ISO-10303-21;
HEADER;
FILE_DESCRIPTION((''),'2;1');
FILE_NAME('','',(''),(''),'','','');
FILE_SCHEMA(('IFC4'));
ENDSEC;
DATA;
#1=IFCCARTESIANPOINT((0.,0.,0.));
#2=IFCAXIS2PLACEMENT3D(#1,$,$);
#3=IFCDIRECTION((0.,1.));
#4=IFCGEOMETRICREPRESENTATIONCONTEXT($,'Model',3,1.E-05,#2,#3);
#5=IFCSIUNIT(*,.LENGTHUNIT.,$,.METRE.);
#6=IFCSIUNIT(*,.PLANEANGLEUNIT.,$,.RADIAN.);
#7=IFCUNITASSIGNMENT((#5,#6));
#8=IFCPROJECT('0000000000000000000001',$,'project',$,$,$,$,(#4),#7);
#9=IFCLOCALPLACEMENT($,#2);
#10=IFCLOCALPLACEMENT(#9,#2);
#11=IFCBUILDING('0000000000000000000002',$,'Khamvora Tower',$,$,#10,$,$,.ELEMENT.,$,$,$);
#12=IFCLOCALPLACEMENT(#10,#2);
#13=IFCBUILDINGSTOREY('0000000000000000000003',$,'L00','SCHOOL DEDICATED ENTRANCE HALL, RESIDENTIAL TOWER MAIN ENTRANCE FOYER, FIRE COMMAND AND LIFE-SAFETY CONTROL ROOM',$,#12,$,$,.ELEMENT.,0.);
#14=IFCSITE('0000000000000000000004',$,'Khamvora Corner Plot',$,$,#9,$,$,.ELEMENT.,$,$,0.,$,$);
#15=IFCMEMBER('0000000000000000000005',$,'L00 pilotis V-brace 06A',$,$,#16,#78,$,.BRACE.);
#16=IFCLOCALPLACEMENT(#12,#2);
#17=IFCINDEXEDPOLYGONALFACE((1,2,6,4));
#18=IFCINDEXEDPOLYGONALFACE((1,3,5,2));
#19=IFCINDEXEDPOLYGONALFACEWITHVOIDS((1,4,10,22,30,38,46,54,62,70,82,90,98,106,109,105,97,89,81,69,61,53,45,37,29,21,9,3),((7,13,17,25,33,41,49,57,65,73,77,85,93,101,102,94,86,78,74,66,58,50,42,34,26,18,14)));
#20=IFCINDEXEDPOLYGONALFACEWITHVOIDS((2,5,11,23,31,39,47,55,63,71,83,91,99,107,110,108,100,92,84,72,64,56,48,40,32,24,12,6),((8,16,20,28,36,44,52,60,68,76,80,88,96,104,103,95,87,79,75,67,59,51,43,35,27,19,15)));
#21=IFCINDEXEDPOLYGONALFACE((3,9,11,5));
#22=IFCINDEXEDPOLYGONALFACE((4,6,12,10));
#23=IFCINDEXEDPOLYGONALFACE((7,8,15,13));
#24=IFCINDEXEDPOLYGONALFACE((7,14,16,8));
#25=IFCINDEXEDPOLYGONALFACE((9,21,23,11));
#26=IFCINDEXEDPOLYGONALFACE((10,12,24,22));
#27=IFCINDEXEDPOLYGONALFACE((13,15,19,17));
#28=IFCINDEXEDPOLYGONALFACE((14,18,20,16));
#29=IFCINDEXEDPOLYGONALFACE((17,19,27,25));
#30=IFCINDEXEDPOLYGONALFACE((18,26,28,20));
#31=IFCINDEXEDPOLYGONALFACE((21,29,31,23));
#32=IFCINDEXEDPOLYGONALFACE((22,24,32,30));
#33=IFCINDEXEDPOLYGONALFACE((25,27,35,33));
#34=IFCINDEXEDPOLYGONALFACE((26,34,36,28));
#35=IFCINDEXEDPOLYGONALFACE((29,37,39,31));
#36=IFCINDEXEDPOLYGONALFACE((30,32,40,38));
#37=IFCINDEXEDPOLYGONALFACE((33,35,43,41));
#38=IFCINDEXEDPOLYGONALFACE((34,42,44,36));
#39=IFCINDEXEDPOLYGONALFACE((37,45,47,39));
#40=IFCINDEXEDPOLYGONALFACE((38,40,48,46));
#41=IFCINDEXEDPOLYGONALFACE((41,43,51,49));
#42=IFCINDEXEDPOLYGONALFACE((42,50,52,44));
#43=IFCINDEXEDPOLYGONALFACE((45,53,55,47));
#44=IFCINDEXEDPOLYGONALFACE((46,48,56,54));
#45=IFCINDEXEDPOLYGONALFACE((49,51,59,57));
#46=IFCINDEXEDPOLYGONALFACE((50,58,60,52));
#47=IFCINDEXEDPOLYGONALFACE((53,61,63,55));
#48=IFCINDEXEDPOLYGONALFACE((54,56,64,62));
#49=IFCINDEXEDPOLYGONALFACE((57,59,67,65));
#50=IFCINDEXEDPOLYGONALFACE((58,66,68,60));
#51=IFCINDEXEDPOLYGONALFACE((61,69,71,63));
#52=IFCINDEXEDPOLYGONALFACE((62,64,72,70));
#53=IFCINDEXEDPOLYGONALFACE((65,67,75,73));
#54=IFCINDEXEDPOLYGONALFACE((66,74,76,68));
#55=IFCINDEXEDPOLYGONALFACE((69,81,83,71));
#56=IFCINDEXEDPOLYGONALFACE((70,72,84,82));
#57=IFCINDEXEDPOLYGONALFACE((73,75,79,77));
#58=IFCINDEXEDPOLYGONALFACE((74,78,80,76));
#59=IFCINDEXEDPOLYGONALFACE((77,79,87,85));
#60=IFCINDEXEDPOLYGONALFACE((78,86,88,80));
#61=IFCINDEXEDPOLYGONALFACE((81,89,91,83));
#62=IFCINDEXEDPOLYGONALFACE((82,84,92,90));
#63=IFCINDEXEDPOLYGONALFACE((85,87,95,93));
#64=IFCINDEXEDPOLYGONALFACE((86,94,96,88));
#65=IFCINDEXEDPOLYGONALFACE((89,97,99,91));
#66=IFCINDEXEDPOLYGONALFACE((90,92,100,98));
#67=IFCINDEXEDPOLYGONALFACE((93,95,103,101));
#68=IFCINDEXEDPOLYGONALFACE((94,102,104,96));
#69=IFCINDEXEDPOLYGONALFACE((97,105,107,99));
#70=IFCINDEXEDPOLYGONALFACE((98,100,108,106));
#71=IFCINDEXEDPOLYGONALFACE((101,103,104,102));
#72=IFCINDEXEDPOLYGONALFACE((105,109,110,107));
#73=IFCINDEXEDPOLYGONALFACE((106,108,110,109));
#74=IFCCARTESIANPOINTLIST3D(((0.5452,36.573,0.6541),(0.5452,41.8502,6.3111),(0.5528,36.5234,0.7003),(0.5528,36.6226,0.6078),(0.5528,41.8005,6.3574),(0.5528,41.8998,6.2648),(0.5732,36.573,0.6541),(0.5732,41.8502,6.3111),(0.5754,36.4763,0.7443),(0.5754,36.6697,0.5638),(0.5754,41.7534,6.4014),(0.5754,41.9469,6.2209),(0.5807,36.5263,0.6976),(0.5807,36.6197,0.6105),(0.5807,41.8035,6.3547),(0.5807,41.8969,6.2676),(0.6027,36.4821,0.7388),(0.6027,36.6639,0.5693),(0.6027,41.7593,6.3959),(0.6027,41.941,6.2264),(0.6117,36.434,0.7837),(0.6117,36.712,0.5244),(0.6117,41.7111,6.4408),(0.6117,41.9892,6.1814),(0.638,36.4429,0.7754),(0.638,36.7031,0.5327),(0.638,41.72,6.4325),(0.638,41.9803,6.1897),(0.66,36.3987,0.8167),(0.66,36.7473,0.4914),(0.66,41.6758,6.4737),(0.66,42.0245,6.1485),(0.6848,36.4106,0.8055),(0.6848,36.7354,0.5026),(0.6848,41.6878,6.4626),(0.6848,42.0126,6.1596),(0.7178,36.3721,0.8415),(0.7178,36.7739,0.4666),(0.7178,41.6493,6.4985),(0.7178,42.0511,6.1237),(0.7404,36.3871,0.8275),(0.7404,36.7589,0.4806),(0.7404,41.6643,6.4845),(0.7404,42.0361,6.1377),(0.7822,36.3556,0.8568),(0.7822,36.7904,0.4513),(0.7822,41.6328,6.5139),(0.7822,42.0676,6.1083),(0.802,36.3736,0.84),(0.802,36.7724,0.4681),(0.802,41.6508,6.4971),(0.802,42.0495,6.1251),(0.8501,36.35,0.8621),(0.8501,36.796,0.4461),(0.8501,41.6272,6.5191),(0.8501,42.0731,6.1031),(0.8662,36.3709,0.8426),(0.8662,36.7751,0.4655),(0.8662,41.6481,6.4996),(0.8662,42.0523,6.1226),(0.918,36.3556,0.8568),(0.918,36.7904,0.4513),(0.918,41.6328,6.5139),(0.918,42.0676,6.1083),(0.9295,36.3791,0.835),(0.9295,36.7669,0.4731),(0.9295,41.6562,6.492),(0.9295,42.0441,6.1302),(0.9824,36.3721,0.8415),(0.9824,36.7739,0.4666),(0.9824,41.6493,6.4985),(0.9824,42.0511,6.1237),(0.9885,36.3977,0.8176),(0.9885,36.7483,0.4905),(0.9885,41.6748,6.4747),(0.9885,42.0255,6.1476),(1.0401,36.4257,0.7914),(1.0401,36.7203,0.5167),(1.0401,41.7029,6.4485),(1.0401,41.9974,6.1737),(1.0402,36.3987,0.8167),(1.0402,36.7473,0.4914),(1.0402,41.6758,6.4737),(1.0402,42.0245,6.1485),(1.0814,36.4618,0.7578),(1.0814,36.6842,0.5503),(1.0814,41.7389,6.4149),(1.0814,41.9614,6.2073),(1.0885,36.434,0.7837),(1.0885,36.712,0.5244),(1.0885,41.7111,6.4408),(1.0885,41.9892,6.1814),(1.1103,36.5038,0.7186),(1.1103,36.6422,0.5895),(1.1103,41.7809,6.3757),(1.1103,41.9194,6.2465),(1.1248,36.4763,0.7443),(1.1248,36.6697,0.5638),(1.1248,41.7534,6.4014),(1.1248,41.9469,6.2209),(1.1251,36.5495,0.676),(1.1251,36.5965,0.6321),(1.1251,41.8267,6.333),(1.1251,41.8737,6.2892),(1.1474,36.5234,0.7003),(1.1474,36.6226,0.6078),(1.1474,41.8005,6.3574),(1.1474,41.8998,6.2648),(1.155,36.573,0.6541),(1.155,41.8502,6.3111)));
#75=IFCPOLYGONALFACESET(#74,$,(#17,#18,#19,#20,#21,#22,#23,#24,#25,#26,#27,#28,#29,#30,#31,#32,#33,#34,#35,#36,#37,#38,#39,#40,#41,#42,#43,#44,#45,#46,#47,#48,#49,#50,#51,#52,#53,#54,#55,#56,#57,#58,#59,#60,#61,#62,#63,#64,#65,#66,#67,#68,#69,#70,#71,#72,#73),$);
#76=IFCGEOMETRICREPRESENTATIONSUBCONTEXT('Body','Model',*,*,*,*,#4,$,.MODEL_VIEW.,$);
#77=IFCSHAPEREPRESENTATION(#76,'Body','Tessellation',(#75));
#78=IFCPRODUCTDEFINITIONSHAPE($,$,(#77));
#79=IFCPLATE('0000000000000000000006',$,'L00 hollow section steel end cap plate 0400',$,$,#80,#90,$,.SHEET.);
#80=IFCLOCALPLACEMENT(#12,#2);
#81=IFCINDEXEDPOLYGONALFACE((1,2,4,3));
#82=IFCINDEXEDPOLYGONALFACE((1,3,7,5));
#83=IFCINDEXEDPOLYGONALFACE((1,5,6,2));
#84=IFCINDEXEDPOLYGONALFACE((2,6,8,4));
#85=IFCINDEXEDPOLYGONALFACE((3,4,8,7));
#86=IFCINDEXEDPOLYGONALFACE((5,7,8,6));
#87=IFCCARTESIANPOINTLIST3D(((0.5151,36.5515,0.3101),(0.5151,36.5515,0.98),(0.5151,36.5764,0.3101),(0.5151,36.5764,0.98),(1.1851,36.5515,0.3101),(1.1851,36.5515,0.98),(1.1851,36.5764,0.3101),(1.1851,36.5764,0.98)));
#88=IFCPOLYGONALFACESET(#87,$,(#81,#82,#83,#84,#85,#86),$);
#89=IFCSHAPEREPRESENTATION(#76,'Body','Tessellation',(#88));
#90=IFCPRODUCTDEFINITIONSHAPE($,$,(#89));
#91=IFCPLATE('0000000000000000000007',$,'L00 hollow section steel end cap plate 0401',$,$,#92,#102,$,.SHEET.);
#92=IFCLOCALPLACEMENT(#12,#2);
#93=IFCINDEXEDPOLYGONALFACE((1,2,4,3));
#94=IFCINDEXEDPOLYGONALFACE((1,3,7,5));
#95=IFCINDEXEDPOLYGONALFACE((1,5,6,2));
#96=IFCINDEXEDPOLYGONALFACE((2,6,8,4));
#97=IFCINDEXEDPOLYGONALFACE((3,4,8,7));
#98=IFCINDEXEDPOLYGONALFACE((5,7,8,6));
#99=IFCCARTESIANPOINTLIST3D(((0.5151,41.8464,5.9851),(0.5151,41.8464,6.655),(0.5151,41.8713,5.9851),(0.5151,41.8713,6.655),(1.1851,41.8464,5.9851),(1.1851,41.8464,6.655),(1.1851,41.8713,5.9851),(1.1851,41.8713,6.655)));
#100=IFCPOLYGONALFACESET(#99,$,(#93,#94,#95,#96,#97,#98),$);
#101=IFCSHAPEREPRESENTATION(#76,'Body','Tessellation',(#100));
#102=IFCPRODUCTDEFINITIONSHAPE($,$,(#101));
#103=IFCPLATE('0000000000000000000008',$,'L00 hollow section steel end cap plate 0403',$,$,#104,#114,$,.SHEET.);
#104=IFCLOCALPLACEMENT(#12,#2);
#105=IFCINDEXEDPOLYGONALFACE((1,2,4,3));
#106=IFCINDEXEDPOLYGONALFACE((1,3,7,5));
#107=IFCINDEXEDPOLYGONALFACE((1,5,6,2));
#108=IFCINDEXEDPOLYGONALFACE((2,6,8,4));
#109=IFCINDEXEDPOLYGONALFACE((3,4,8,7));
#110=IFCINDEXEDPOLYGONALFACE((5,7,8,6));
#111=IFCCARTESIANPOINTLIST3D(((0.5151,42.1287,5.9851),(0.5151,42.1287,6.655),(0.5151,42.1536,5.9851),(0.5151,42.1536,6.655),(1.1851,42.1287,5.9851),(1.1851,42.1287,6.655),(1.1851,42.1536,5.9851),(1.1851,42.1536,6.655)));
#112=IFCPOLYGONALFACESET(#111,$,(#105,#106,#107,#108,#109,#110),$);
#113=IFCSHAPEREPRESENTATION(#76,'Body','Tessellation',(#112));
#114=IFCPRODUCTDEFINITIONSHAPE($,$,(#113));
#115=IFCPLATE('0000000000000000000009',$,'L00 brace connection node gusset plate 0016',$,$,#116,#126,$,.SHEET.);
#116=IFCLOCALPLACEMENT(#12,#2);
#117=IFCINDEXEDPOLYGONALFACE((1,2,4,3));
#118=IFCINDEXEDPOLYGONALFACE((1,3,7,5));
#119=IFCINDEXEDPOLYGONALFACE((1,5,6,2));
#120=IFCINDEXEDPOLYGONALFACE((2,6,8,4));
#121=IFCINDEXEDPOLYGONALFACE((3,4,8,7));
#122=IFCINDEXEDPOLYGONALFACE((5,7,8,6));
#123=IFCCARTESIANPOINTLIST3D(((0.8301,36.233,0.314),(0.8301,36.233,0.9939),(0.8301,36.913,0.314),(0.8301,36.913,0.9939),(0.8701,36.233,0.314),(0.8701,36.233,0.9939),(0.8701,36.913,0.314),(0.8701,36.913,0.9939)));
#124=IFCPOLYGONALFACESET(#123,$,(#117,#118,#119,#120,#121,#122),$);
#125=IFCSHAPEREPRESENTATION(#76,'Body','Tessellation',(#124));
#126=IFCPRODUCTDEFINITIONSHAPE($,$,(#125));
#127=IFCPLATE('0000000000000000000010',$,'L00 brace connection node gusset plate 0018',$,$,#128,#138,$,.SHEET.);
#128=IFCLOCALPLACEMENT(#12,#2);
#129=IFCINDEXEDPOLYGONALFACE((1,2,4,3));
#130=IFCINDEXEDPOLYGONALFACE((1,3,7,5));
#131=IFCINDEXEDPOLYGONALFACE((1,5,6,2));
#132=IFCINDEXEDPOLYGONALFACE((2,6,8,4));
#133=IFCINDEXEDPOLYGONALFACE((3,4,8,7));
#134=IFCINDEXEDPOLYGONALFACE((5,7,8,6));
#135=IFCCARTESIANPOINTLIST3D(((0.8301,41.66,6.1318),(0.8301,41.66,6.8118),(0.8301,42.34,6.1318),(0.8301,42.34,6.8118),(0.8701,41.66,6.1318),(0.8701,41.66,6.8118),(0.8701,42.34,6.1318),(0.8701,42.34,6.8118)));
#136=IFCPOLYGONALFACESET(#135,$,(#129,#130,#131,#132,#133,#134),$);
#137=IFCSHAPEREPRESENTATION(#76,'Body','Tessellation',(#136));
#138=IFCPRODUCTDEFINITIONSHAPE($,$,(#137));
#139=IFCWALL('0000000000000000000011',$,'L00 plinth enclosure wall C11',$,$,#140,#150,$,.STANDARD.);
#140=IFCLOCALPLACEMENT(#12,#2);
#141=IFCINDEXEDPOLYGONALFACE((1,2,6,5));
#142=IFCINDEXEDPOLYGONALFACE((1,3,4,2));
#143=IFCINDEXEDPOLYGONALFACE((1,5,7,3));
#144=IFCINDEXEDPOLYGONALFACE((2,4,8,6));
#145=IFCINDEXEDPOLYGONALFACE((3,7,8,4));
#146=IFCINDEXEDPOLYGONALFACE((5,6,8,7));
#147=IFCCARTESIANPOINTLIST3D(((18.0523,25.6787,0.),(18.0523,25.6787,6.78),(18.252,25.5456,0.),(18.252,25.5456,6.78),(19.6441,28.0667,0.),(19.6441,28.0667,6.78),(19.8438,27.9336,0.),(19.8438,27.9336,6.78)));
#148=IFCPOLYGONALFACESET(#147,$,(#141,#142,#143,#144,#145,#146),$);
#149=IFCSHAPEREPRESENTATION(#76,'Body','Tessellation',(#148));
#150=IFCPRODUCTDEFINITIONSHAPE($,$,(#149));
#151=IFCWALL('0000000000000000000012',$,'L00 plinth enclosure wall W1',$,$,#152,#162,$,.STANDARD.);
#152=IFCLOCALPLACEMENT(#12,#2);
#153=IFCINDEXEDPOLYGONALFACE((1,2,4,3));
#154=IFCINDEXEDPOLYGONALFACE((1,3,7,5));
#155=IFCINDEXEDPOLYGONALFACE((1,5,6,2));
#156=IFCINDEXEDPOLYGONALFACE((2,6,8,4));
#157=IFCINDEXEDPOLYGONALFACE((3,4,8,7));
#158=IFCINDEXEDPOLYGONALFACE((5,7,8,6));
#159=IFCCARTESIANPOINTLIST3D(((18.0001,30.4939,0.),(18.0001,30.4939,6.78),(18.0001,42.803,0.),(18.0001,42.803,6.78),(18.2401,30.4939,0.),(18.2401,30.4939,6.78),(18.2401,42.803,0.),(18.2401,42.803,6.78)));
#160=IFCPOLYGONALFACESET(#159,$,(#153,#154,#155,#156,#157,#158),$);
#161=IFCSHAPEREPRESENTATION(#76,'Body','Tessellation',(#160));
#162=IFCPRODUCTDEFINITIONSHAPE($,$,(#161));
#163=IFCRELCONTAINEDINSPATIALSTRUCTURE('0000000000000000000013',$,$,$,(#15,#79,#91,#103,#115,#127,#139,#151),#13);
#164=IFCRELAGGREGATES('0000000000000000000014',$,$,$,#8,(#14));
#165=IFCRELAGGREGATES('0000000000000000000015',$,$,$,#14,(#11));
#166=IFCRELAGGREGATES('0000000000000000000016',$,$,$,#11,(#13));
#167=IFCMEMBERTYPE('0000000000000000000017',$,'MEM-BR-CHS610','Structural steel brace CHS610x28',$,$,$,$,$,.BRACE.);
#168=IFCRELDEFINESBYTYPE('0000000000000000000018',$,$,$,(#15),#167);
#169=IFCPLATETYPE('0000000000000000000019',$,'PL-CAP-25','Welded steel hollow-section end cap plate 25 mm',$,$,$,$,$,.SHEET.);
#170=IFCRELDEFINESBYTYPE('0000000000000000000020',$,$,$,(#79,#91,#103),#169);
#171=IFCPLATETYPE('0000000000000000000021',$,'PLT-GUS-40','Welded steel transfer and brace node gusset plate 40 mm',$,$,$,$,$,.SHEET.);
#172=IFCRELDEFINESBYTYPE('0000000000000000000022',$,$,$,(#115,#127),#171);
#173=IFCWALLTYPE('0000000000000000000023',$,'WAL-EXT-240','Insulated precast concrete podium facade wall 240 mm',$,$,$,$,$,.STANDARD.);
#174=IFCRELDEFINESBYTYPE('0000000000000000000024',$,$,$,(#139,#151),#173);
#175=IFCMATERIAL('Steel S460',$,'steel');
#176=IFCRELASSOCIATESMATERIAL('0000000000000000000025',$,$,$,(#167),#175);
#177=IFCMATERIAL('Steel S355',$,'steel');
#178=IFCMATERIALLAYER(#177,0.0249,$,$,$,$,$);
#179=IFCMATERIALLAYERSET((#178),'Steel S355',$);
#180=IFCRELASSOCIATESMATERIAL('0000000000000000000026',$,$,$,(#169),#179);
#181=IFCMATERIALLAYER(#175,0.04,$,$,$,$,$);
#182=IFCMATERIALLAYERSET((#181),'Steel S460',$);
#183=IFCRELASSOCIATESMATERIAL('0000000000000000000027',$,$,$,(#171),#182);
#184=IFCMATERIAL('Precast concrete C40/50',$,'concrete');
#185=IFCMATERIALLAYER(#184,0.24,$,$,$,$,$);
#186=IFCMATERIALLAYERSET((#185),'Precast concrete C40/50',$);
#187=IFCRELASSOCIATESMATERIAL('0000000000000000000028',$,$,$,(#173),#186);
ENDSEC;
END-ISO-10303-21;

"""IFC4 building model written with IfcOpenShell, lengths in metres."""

from ifc_helpers import new_model, si_unit, direction, frame, frame_2d, origin, origin_2d, place, context, subcontext, project, spatial, rectangle, hollow_circle, extrude, material, layer, layer_set, material_profile, profile_set, type_object, element, save


model = new_model("IFC4")

# Units and contexts
model_context = context("Model", 3, precision=1e-05, world=origin(), true_north=direction((0.0, 1.0)))
body_context = subcontext(model_context, "Body", "Model", "MODEL_VIEW")
ifc_project = project(units=[si_unit("LENGTHUNIT", "METRE"), si_unit("PLANEANGLEUNIT", "RADIAN")], contexts=[model_context])

# Site, building, storey
site_placement = place(None, origin())
site = spatial("IfcSite", under=ifc_project, at=site_placement, Name="Khamvora Corner Plot", CompositionType="ELEMENT", RefElevation=0.0)
building_placement = place(site_placement, origin())
building = spatial("IfcBuilding", under=site, at=building_placement, Name="Khamvora Tower", CompositionType="ELEMENT")
storey_placement = place(building_placement, origin())
storey = spatial("IfcBuildingStorey", under=building, at=storey_placement, Name="L00", Description="SCHOOL DEDICATED ENTRANCE HALL, RESIDENTIAL TOWER MAIN ENTRANCE FOYER, FIRE COMMAND AND LIFE-SAFETY CONTROL ROOM", CompositionType="ELEMENT", Elevation=0.0)

# Shared definitions
ifc_material_1 = material(Name="Steel S460", Category="steel")

# Shared definitions
ifc_material_2 = material(Name="Steel S355", Category="steel")

# Member
ifc_material_profile_1 = material_profile(ifc_material_1, hollow_circle(Radius=0.3049, WallThickness=0.0281, at=origin_2d()), Name="CHS610x28")
ifc_profile_set_1 = profile_set([ifc_material_profile_1], Name="Steel S460")
member_type = type_object("IfcMemberType", Name="MEM-BR-CHS610", Description="Structural steel brace CHS610x28", PredefinedType="BRACE", material=ifc_profile_set_1)
member_placement = place(storey_placement, frame((0.8501, 36.573, 0.6541), z_axis=(0.0, 0.682128, 0.731233), x_axis=(-1.0, 0.0, 0.0)))
element("IfcMember", 1, at=member_placement, inside=storey, type_object=member_type, Name="L00 pilotis V-brace 06A", PredefinedType="BRACE", context=body_context, shape_type="SweptSolid", body=[
    extrude(hollow_circle(Radius=0.3049, WallThickness=0.0281, at=origin_2d()), origin(), (0.0, 0.0, 1.0), 7.7363),
])

# Plates
ifc_layer_1 = layer(ifc_material_2, 0.0249)
ifc_layer_set_1 = layer_set([ifc_layer_1], Name="Steel S355")
plate_type_1 = type_object("IfcPlateType", Name="PL-CAP-25", Description="Welded steel hollow-section end cap plate 25 mm", PredefinedType="SHEET", material=ifc_layer_set_1)
for number, where, z_axis, x_axis, name in (
    (2, (0.8501, 36.564, 0.3101), (0.0, 0.0, 1.0), (0.0, 1.0, 0.0), "L00 hollow section steel end cap plate 0400"),
    (3, (0.8501, 41.8589, 5.9851), (0.0, 0.0, 1.0), (0.0, 1.0, 0.0), "L00 hollow section steel end cap plate 0401"),
    (4, (0.8501, 42.1411, 5.9851), (0.0, 0.0, 1.0), (0.0, -1.0, 0.0), "L00 hollow section steel end cap plate 0403"),
):
    element("IfcPlate", number, at=place(storey_placement, frame(where, z_axis=z_axis, x_axis=x_axis)), inside=storey, type_object=plate_type_1, Name=name, PredefinedType="SHEET", context=body_context, shape_type="SweptSolid", body=[
        extrude(rectangle(XDim=0.0249, YDim=0.6699, at=origin_2d()), origin(), (0.0, 0.0, 1.0), 0.6699),
    ])
ifc_layer_2 = layer(ifc_material_1, 0.04)
ifc_layer_set_2 = layer_set([ifc_layer_2], Name="Steel S460")
plate_type_2 = type_object("IfcPlateType", Name="PLT-GUS-40", Description="Welded steel transfer and brace node gusset plate 40 mm", PredefinedType="SHEET", material=ifc_layer_set_2)
for number, where, z_axis, x_axis, name in (
    (5, (0.8501, 36.573, 0.314), (0.0, 0.0, 1.0), (0.0, 1.0, 0.0), "L00 brace connection node gusset plate 0016"),
    (6, (0.8501, 42.0, 6.1318), (0.0, 0.0, 1.0), (0.0, 1.0, 0.0), "L00 brace connection node gusset plate 0018"),
):
    element("IfcPlate", number, at=place(storey_placement, frame(where, z_axis=z_axis, x_axis=x_axis)), inside=storey, type_object=plate_type_2, Name=name, PredefinedType="SHEET", context=body_context, shape_type="SweptSolid", body=[
        extrude(rectangle(XDim=0.6799, YDim=0.04, at=origin_2d()), origin(), (0.0, 0.0, 1.0), 0.6799),
    ])

# Walls
ifc_material_3 = material(Name="Precast concrete C40/50", Category="concrete")
ifc_layer_3 = layer(ifc_material_3, 0.24)
ifc_layer_set_3 = layer_set([ifc_layer_3], Name="Precast concrete C40/50")
wall_type = type_object("IfcWallType", Name="WAL-EXT-240", Description="Insulated precast concrete podium facade wall 240 mm", PredefinedType="STANDARD", material=ifc_layer_set_3)
wall_1_placement = place(storey_placement, frame((18.1521, 25.6121, 0.0), z_axis=(0.0, 0.0, 1.0), x_axis=(0.554661, 0.832076, 0.0)))
element("IfcWall", 7, at=wall_1_placement, inside=storey, type_object=wall_type, Name="L00 plinth enclosure wall C11", PredefinedType="STANDARD", context=body_context, shape_type="SweptSolid", body=[
    extrude(rectangle(XDim=2.8699, YDim=0.24, at=frame_2d((1.4351, 0.0))), origin(), (0.0, 0.0, 1.0), 6.78),
])
wall_2_placement = place(storey_placement, frame((18.1201, 30.4939, 0.0), z_axis=(0.0, 0.0, 1.0), x_axis=(0.0, 1.0, 0.0)))
element("IfcWall", 8, at=wall_2_placement, inside=storey, type_object=wall_type, Name="L00 plinth enclosure wall W1", PredefinedType="STANDARD", context=body_context, shape_type="SweptSolid", body=[
    extrude(rectangle(XDim=12.3091, YDim=0.24, at=frame_2d((6.1545, 0.0))), origin(), (0.0, 0.0, 1.0), 6.78),
])

save(model, "model.ifc")
